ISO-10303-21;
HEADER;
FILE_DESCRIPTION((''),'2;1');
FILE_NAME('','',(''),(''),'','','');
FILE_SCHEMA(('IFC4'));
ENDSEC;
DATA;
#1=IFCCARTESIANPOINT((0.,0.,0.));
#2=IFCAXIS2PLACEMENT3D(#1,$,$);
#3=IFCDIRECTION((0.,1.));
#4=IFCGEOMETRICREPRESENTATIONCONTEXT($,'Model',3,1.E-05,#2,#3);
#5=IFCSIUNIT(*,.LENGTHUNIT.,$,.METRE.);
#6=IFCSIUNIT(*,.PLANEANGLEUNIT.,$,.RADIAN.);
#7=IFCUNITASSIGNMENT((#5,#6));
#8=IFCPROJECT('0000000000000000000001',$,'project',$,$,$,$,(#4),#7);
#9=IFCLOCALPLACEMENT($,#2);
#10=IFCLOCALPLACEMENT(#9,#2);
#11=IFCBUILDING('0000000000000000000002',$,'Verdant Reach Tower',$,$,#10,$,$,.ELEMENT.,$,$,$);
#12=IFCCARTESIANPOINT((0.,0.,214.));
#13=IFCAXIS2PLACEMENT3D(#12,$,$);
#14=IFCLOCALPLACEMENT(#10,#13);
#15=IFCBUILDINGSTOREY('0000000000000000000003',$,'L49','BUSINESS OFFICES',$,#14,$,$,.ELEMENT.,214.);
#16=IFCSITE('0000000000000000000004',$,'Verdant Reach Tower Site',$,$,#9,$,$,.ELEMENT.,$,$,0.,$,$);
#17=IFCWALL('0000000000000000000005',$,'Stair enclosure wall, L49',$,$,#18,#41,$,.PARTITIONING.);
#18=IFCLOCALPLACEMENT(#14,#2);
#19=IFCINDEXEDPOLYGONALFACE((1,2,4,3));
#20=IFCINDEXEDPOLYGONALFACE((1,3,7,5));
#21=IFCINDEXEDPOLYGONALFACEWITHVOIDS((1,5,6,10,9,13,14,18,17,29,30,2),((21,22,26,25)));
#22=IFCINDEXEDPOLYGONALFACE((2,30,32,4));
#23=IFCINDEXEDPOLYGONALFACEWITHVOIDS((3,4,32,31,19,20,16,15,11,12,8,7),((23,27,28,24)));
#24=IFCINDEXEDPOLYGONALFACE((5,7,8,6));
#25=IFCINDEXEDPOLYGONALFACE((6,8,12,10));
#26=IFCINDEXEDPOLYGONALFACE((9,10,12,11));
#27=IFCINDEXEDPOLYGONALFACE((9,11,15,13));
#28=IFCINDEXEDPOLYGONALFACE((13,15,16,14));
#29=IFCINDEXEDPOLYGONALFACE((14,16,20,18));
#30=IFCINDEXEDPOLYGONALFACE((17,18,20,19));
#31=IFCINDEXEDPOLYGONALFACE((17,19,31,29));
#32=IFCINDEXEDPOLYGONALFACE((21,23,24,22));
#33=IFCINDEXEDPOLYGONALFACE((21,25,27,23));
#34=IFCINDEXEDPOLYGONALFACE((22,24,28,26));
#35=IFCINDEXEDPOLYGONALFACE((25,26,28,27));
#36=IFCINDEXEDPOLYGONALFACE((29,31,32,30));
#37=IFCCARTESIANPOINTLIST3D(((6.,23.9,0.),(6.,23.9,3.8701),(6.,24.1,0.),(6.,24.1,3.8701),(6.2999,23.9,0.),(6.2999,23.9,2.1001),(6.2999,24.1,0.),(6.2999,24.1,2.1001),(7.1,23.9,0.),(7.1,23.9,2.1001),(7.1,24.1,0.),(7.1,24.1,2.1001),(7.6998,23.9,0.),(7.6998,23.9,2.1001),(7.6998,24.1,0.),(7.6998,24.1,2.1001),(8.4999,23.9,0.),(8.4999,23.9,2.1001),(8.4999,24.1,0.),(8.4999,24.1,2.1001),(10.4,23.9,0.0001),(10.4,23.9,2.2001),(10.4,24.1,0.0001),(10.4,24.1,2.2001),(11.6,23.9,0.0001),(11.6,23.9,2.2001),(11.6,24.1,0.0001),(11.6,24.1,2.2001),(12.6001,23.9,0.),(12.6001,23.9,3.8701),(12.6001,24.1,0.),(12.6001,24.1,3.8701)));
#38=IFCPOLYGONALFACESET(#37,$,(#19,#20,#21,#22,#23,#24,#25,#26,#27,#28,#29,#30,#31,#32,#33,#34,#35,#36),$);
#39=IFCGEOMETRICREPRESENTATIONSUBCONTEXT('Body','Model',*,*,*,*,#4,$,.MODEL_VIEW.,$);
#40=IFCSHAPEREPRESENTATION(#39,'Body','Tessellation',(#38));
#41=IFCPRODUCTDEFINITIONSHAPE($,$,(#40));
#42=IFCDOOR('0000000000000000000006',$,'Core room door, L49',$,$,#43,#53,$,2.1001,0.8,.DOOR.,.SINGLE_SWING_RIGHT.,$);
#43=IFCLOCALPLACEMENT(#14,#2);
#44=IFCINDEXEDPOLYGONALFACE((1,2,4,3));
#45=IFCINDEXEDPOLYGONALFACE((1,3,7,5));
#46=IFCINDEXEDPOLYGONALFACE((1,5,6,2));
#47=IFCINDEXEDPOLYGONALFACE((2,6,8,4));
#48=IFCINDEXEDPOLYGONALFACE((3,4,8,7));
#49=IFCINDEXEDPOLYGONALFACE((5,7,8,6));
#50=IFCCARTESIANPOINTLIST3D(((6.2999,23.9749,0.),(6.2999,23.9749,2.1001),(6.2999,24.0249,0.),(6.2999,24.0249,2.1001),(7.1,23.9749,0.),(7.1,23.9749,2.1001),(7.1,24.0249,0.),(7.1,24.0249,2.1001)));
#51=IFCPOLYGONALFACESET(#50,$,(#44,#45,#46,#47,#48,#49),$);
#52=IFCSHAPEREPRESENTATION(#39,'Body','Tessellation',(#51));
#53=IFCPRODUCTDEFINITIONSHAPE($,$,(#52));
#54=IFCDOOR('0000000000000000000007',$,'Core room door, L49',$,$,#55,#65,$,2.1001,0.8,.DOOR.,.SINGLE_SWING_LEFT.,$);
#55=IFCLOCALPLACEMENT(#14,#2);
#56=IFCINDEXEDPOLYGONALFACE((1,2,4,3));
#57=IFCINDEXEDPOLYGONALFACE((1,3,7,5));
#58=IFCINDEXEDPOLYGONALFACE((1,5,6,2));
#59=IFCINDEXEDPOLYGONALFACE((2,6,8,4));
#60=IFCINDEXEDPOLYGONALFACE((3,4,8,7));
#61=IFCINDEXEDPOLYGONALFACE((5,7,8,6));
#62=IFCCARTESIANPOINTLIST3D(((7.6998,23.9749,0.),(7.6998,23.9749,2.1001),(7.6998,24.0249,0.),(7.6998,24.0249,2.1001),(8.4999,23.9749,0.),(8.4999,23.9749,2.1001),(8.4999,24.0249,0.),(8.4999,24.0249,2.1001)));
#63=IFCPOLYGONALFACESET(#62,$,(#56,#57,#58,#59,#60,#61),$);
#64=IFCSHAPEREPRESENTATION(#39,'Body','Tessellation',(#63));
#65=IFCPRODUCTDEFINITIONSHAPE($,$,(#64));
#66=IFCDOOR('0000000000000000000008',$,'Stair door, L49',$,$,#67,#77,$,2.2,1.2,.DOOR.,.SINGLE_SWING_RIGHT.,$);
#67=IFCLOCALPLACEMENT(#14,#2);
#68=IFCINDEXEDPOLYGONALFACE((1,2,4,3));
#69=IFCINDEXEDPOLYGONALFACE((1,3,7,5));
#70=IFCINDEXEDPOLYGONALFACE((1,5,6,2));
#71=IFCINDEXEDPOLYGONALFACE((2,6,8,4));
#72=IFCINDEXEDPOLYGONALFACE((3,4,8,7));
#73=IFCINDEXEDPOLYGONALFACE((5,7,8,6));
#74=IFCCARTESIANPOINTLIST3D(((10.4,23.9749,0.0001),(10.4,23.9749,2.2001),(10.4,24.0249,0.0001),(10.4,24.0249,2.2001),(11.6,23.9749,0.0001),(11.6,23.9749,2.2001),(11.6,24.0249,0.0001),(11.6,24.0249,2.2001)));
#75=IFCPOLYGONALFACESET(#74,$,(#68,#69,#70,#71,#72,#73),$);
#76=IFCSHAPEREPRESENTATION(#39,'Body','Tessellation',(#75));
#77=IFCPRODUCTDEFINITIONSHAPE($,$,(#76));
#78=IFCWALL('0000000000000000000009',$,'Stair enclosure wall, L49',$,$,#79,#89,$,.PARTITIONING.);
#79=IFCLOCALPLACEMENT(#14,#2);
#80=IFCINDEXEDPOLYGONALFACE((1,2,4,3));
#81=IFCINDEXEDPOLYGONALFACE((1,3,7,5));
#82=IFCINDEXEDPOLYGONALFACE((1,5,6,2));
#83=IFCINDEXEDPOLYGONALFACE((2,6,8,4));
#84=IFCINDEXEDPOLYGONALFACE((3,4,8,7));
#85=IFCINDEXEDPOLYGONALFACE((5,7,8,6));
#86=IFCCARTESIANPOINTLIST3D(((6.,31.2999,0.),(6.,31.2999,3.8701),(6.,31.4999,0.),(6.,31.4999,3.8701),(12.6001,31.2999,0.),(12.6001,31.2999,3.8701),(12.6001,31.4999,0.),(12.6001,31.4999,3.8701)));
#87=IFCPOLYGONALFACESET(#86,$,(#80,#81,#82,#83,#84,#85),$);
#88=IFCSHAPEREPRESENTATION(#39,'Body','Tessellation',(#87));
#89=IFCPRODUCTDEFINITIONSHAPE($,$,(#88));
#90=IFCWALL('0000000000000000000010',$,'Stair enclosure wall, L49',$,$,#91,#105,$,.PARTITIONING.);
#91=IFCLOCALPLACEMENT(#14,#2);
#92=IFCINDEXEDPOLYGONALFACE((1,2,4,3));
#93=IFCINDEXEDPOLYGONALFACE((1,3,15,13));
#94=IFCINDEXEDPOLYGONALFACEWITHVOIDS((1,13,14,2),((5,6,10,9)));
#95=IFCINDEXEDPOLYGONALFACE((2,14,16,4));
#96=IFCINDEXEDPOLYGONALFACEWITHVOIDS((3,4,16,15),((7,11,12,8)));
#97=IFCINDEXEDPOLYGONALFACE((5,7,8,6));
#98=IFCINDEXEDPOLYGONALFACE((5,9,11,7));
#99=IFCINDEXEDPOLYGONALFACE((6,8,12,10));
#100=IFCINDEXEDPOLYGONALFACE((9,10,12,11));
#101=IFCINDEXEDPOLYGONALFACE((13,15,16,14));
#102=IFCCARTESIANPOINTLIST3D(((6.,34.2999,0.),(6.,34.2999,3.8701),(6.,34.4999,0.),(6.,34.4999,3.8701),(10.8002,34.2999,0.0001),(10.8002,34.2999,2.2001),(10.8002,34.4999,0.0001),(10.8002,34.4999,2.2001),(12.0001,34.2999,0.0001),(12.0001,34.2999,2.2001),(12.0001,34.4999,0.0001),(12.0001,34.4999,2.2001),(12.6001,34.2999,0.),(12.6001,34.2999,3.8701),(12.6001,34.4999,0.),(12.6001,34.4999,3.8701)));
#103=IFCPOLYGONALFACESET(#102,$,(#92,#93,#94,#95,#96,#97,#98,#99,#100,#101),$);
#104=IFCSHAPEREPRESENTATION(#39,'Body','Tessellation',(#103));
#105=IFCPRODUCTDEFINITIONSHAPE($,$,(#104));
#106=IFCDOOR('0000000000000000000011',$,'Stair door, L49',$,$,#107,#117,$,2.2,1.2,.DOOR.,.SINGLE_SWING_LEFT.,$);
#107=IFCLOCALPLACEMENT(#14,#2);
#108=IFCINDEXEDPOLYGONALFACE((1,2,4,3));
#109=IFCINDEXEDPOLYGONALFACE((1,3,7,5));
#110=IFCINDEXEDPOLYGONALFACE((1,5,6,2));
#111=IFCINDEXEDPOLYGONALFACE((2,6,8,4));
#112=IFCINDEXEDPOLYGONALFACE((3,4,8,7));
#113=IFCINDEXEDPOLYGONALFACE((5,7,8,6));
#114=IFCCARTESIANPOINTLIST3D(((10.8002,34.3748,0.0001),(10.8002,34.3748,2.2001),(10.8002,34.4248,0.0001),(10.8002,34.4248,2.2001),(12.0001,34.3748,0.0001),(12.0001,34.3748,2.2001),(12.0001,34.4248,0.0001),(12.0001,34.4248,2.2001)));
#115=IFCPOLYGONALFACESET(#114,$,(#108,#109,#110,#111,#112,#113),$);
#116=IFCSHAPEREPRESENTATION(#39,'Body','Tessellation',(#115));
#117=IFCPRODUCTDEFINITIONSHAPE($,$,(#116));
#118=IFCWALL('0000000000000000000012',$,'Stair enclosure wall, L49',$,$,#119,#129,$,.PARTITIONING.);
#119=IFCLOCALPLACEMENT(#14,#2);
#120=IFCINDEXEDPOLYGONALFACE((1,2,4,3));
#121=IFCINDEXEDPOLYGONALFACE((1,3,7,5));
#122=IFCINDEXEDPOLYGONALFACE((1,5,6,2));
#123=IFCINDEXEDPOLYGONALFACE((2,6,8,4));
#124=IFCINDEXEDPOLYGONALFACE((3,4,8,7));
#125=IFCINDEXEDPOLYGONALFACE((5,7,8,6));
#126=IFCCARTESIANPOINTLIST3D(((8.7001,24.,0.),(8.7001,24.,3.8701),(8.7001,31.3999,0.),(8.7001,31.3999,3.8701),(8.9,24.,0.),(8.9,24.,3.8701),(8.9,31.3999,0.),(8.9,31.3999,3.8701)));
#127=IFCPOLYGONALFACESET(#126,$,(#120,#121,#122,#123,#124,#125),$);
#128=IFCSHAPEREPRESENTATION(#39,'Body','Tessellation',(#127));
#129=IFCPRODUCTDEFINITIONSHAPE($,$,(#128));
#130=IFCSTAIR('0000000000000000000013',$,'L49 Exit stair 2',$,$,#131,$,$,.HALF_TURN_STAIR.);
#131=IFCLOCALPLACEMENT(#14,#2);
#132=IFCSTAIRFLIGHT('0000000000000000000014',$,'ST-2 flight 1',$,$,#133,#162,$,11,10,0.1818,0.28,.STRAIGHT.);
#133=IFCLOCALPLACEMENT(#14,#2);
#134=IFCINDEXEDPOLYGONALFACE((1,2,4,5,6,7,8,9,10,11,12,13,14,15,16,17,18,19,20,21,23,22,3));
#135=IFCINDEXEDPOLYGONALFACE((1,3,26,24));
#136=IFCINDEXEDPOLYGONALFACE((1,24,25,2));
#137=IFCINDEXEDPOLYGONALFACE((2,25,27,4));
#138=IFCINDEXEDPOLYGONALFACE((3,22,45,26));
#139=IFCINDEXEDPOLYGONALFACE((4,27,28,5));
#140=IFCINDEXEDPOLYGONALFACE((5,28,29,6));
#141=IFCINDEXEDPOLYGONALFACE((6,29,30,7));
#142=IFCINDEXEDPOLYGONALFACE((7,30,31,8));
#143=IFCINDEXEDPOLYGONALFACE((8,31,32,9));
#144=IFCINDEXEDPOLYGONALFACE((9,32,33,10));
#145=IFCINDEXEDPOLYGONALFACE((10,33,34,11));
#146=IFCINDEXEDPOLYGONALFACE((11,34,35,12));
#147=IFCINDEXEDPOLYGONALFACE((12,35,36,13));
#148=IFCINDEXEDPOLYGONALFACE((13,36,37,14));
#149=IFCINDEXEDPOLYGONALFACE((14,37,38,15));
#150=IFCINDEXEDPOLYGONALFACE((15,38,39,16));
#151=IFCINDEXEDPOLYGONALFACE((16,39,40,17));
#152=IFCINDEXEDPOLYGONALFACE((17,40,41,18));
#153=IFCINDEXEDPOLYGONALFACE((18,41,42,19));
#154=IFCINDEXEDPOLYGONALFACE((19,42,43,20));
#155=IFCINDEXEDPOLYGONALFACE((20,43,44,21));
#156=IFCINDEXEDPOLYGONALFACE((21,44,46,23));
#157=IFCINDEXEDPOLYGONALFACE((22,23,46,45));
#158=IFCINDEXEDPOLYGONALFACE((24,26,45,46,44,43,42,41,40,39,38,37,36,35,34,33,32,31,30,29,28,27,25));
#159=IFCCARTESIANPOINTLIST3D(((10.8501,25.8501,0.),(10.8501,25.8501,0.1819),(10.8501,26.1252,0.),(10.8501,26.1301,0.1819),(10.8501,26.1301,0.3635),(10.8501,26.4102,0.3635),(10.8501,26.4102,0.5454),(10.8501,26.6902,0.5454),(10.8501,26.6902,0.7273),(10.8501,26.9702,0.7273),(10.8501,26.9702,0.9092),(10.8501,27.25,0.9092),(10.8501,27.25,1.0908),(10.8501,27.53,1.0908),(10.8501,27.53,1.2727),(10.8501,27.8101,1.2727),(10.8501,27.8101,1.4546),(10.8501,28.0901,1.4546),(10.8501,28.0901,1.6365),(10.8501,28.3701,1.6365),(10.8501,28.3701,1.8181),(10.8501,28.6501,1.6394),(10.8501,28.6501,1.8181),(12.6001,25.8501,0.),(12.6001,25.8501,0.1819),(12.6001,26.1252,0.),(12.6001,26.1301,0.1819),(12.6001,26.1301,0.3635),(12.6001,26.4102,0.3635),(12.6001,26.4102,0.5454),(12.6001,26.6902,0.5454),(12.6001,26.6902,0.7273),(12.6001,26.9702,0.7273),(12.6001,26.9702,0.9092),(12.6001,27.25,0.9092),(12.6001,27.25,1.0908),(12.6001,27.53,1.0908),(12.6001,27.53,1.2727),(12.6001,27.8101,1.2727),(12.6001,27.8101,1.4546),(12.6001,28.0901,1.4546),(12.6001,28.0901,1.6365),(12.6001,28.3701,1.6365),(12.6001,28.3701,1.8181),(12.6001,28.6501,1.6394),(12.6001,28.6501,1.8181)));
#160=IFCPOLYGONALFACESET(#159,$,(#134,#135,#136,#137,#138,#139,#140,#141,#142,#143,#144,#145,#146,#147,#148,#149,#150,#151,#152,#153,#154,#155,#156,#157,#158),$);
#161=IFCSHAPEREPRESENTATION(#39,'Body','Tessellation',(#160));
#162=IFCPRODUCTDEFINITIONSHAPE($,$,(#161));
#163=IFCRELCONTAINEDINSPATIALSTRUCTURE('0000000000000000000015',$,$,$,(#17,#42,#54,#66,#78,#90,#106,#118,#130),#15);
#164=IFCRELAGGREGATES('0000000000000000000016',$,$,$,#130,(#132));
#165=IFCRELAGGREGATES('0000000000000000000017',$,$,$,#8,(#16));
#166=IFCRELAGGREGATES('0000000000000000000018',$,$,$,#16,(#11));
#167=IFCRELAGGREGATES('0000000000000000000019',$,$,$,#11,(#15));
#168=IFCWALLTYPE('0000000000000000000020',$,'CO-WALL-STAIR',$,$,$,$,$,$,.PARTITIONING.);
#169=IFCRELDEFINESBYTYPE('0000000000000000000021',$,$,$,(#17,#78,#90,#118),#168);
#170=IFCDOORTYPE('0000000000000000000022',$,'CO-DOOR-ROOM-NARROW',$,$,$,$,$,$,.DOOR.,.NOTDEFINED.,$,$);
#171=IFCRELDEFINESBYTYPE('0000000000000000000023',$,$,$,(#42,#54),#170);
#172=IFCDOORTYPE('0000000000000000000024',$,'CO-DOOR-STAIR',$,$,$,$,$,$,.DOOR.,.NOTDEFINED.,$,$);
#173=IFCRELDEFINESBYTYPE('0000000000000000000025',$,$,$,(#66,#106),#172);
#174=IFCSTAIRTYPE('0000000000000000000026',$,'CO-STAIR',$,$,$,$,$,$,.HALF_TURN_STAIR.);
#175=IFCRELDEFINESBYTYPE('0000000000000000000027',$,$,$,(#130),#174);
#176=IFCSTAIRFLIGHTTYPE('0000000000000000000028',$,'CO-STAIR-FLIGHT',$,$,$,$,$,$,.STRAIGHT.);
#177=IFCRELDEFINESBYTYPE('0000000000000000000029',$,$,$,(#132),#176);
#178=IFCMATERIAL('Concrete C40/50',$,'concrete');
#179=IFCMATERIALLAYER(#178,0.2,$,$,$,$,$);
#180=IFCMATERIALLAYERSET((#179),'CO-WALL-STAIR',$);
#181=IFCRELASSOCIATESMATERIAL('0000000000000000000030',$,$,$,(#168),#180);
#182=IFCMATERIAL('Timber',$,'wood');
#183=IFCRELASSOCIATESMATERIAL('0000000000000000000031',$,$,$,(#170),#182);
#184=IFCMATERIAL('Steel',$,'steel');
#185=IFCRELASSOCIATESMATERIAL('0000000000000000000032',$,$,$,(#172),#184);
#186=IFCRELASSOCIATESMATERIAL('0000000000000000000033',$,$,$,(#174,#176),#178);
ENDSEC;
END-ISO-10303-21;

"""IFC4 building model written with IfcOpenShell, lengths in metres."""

from ifc_helpers import new_model, si_unit, direction, frame, frame_2d, origin, place, context, subcontext, project, spatial, polyline, rectangle, outline, extrude, material, layer, layer_set, type_object, element, fill, aggregate, save


model = new_model("IFC4")

# Units and contexts
model_context = context("Model", 3, precision=1e-05, world=origin(), true_north=direction((0.0, 1.0)))
body_context = subcontext(model_context, "Body", "Model", "MODEL_VIEW")
ifc_project = project(units=[si_unit("LENGTHUNIT", "METRE"), si_unit("PLANEANGLEUNIT", "RADIAN")], contexts=[model_context])

# Site, building, storey
site_placement = place(None, origin())
site = spatial("IfcSite", under=ifc_project, at=site_placement, Name="Verdant Reach Tower Site", CompositionType="ELEMENT", RefElevation=0.0)
building_placement = place(site_placement, origin())
building = spatial("IfcBuilding", under=site, at=building_placement, Name="Verdant Reach Tower", CompositionType="ELEMENT")
storey_placement = place(building_placement, frame((0.0, 0.0, 214.0)))
storey = spatial("IfcBuildingStorey", under=building, at=storey_placement, Name="L49", Description="BUSINESS OFFICES", CompositionType="ELEMENT", Elevation=214.0)

# Shared definitions
ifc_material_1 = material(Name="Timber", Category="wood")

# Shared definitions
ifc_material_2 = material(Name="Concrete C40/50", Category="concrete")

# Wall, openings, doors
ifc_layer_1 = layer(ifc_material_2, 0.2)
ifc_layer_set_1 = layer_set([ifc_layer_1], Name="CO-WALL-STAIR")
wall_type_1 = type_object("IfcWallType", Name="CO-WALL-STAIR", PredefinedType="PARTITIONING", material=ifc_layer_set_1)
wall_1_placement = place(storey_placement, frame((6.0, 24.0, 0.0), z_axis=(0.0, 0.0, 1.0), x_axis=(1.0, 0.0, 0.0)))
wall_1 = element("IfcWall", 1, at=wall_1_placement, inside=storey, type_object=wall_type_1, Name="Stair enclosure wall, L49", PredefinedType="PARTITIONING", context=body_context, shape_type="SweptSolid", body=[
    extrude(rectangle(XDim=6.6001, YDim=0.2, at=frame_2d((3.3, 0.0))), origin(), (0.0, 0.0, 1.0), 3.8701),
])
opening_1_placement = place(wall_1_placement, frame((0.3, 0.0, 0.0)))
opening_1 = element("IfcOpeningElement", 2, at=opening_1_placement, cuts=wall_1, PredefinedType="OPENING", context=body_context, shape_type="SweptSolid", body=[
    extrude(rectangle(XDim=0.8, YDim=2.1001, at=frame_2d((0.3999, 1.05))), frame((0.0, 0.1099, 0.0), z_axis=(0.0, -1.0, 0.0), x_axis=(1.0, 0.0, 0.0)), (0.0, 0.0, 1.0), 0.22),
])
opening_2_placement = place(wall_1_placement, frame((1.7, 0.0, 0.0)))
opening_2 = element("IfcOpeningElement", 3, at=opening_2_placement, cuts=wall_1, PredefinedType="OPENING", context=body_context, shape_type="SweptSolid", body=[
    extrude(rectangle(XDim=0.8, YDim=2.1001, at=frame_2d((0.3999, 1.05))), frame((0.0, 0.1099, 0.0), z_axis=(0.0, -1.0, 0.0), x_axis=(1.0, 0.0, 0.0)), (0.0, 0.0, 1.0), 0.22),
])
opening_3_placement = place(wall_1_placement, frame((4.3999, 0.0, 0.0)))
opening_3 = element("IfcOpeningElement", 4, at=opening_3_placement, cuts=wall_1, PredefinedType="OPENING", context=body_context, shape_type="SweptSolid", body=[
    extrude(rectangle(XDim=1.2, YDim=2.2, at=frame_2d((0.6001, 1.1001))), frame((0.0, 0.1099, 0.0), z_axis=(0.0, -1.0, 0.0), x_axis=(1.0, 0.0, 0.0)), (0.0, 0.0, 1.0), 0.22),
])
door_type_1 = type_object("IfcDoorType", Name="CO-DOOR-ROOM-NARROW", OperationType="NOTDEFINED", PredefinedType="DOOR", material=ifc_material_1)
door_1_placement = place(opening_1_placement, origin())
door_1 = element("IfcDoor", 5, at=door_1_placement, inside=storey, type_object=door_type_1, Name="Core room door, L49", OperationType="SINGLE_SWING_RIGHT", OverallHeight=2.1001, OverallWidth=0.8, PredefinedType="DOOR", context=body_context, shape_type="SweptSolid", body=[
    extrude(rectangle(XDim=0.8, YDim=2.1001, at=frame_2d((0.3999, 1.05))), frame((0.0, 0.0249, 0.0), z_axis=(0.0, -1.0, 0.0), x_axis=(1.0, 0.0, 0.0)), (0.0, 0.0, 1.0), 0.05),
])
fill(opening_1, door_1)
door_2_placement = place(opening_2_placement, origin())
door_2 = element("IfcDoor", 6, at=door_2_placement, inside=storey, type_object=door_type_1, Name="Core room door, L49", OperationType="SINGLE_SWING_LEFT", OverallHeight=2.1001, OverallWidth=0.8, PredefinedType="DOOR", context=body_context, shape_type="SweptSolid", body=[
    extrude(rectangle(XDim=0.8, YDim=2.1001, at=frame_2d((0.3999, 1.05))), frame((0.0, 0.0249, 0.0), z_axis=(0.0, -1.0, 0.0), x_axis=(1.0, 0.0, 0.0)), (0.0, 0.0, 1.0), 0.05),
])
fill(opening_2, door_2)
ifc_material_3 = material(Name="Steel", Category="steel")
door_type_2 = type_object("IfcDoorType", Name="CO-DOOR-STAIR", OperationType="NOTDEFINED", PredefinedType="DOOR", material=ifc_material_3)
door_3_placement = place(opening_3_placement, origin())
door_3 = element("IfcDoor", 7, at=door_3_placement, inside=storey, type_object=door_type_2, Name="Stair door, L49", OperationType="SINGLE_SWING_RIGHT", OverallHeight=2.2, OverallWidth=1.2, PredefinedType="DOOR", context=body_context, shape_type="SweptSolid", body=[
    extrude(rectangle(XDim=1.2, YDim=2.2, at=frame_2d((0.6001, 1.1001))), frame((0.0, 0.0249, 0.0), z_axis=(0.0, -1.0, 0.0), x_axis=(1.0, 0.0, 0.0)), (0.0, 0.0, 1.0), 0.05),
])
fill(opening_3, door_3)

# Wall
wall_2_placement = place(storey_placement, frame((6.0, 31.3999, 0.0), z_axis=(0.0, 0.0, 1.0), x_axis=(1.0, 0.0, 0.0)))
element("IfcWall", 8, at=wall_2_placement, inside=storey, type_object=wall_type_1, Name="Stair enclosure wall, L49", PredefinedType="PARTITIONING", context=body_context, shape_type="SweptSolid", body=[
    extrude(rectangle(XDim=6.6001, YDim=0.2, at=frame_2d((3.3, 0.0))), origin(), (0.0, 0.0, 1.0), 3.8701),
])

# Wall, opening, door
wall_3_placement = place(storey_placement, frame((6.0, 34.3999, 0.0), z_axis=(0.0, 0.0, 1.0), x_axis=(1.0, 0.0, 0.0)))
wall_3 = element("IfcWall", 9, at=wall_3_placement, inside=storey, type_object=wall_type_1, Name="Stair enclosure wall, L49", PredefinedType="PARTITIONING", context=body_context, shape_type="SweptSolid", body=[
    extrude(rectangle(XDim=6.6001, YDim=0.2, at=frame_2d((3.3, 0.0))), origin(), (0.0, 0.0, 1.0), 3.8701),
])
opening_4_placement = place(wall_3_placement, frame((4.8, 0.0, 0.0)))
opening_4 = element("IfcOpeningElement", 10, at=opening_4_placement, cuts=wall_3, PredefinedType="OPENING", context=body_context, shape_type="SweptSolid", body=[
    extrude(rectangle(XDim=1.2, YDim=2.2, at=frame_2d((0.6001, 1.1001))), frame((0.0, 0.1099, 0.0), z_axis=(0.0, -1.0, 0.0), x_axis=(1.0, 0.0, 0.0)), (0.0, 0.0, 1.0), 0.22),
])
door_4_placement = place(opening_4_placement, origin())
door_4 = element("IfcDoor", 11, at=door_4_placement, inside=storey, type_object=door_type_2, Name="Stair door, L49", OperationType="SINGLE_SWING_LEFT", OverallHeight=2.2, OverallWidth=1.2, PredefinedType="DOOR", context=body_context, shape_type="SweptSolid", body=[
    extrude(rectangle(XDim=1.2, YDim=2.2, at=frame_2d((0.6001, 1.1001))), frame((0.0, 0.0249, 0.0), z_axis=(0.0, -1.0, 0.0), x_axis=(1.0, 0.0, 0.0)), (0.0, 0.0, 1.0), 0.05),
])
fill(opening_4, door_4)

# Wall
wall_4_placement = place(storey_placement, frame((8.8, 24.0, 0.0), z_axis=(0.0, 0.0, 1.0), x_axis=(0.0, 1.0, 0.0)))
element("IfcWall", 12, at=wall_4_placement, inside=storey, type_object=wall_type_1, Name="Stair enclosure wall, L49", PredefinedType="PARTITIONING", context=body_context, shape_type="SweptSolid", body=[
    extrude(rectangle(XDim=7.3999, YDim=0.2, at=frame_2d((3.7, 0.0))), origin(), (0.0, 0.0, 1.0), 3.8701),
])

# Stair, stair flight
stair_type = type_object("IfcStairType", Name="CO-STAIR", PredefinedType="HALF_TURN_STAIR", material=ifc_material_2)
stair_1_placement = place(storey_placement, origin())
stair_1 = element("IfcStair", 13, at=stair_1_placement, inside=storey, type_object=stair_type, Name="L49 Exit stair 2", PredefinedType="HALF_TURN_STAIR")
stair_flight_type = type_object("IfcStairFlightType", Name="CO-STAIR-FLIGHT", PredefinedType="STRAIGHT", material=ifc_material_2)
stair_flight_1_placement = place(storey_placement, frame((11.7251, 25.8501, 0.0), z_axis=(0.0, 0.0, 1.0), x_axis=(0.0, 1.0, 0.0)))
stair_flight_1 = element("IfcStairFlight", 14, at=stair_flight_1_placement, type_object=stair_flight_type, Name="ST-2 flight 1", NumberOfRisers=11, NumberOfTreads=10, PredefinedType="STRAIGHT", RiserHeight=0.1818, TreadLength=0.28, context=body_context, shape_type="SweptSolid", body=[
    extrude(outline(polyline([(0.0, 0.0), (0.0, 0.1819), (0.28, 0.1819), (0.28, 0.3635), (0.5601, 0.3635), (0.5601, 0.5454), (0.8401, 0.5454), (0.8401, 0.7273), (1.1201, 0.7273), (1.1201, 0.9092), (1.3999, 0.9092), (1.3999, 1.0908), (1.6799, 1.0908), (1.6799, 1.2727), (1.96, 1.2727), (1.96, 1.4546), (2.24, 1.4546), (2.24, 1.6365), (2.52, 1.6365), (2.52, 1.8181), (2.8, 1.8181), (2.8, 2.0), (2.8, 1.6394), (0.2751, 0.0), (0.0, 0.0)])), frame((0.0, 0.875, 0.0), z_axis=(0.0, -1.0, 0.0), x_axis=(1.0, 0.0, 0.0)), (0.0, 0.0, 1.0), 1.75),
])
aggregate(stair_1, [stair_flight_1])

save(model, "model.ifc")
